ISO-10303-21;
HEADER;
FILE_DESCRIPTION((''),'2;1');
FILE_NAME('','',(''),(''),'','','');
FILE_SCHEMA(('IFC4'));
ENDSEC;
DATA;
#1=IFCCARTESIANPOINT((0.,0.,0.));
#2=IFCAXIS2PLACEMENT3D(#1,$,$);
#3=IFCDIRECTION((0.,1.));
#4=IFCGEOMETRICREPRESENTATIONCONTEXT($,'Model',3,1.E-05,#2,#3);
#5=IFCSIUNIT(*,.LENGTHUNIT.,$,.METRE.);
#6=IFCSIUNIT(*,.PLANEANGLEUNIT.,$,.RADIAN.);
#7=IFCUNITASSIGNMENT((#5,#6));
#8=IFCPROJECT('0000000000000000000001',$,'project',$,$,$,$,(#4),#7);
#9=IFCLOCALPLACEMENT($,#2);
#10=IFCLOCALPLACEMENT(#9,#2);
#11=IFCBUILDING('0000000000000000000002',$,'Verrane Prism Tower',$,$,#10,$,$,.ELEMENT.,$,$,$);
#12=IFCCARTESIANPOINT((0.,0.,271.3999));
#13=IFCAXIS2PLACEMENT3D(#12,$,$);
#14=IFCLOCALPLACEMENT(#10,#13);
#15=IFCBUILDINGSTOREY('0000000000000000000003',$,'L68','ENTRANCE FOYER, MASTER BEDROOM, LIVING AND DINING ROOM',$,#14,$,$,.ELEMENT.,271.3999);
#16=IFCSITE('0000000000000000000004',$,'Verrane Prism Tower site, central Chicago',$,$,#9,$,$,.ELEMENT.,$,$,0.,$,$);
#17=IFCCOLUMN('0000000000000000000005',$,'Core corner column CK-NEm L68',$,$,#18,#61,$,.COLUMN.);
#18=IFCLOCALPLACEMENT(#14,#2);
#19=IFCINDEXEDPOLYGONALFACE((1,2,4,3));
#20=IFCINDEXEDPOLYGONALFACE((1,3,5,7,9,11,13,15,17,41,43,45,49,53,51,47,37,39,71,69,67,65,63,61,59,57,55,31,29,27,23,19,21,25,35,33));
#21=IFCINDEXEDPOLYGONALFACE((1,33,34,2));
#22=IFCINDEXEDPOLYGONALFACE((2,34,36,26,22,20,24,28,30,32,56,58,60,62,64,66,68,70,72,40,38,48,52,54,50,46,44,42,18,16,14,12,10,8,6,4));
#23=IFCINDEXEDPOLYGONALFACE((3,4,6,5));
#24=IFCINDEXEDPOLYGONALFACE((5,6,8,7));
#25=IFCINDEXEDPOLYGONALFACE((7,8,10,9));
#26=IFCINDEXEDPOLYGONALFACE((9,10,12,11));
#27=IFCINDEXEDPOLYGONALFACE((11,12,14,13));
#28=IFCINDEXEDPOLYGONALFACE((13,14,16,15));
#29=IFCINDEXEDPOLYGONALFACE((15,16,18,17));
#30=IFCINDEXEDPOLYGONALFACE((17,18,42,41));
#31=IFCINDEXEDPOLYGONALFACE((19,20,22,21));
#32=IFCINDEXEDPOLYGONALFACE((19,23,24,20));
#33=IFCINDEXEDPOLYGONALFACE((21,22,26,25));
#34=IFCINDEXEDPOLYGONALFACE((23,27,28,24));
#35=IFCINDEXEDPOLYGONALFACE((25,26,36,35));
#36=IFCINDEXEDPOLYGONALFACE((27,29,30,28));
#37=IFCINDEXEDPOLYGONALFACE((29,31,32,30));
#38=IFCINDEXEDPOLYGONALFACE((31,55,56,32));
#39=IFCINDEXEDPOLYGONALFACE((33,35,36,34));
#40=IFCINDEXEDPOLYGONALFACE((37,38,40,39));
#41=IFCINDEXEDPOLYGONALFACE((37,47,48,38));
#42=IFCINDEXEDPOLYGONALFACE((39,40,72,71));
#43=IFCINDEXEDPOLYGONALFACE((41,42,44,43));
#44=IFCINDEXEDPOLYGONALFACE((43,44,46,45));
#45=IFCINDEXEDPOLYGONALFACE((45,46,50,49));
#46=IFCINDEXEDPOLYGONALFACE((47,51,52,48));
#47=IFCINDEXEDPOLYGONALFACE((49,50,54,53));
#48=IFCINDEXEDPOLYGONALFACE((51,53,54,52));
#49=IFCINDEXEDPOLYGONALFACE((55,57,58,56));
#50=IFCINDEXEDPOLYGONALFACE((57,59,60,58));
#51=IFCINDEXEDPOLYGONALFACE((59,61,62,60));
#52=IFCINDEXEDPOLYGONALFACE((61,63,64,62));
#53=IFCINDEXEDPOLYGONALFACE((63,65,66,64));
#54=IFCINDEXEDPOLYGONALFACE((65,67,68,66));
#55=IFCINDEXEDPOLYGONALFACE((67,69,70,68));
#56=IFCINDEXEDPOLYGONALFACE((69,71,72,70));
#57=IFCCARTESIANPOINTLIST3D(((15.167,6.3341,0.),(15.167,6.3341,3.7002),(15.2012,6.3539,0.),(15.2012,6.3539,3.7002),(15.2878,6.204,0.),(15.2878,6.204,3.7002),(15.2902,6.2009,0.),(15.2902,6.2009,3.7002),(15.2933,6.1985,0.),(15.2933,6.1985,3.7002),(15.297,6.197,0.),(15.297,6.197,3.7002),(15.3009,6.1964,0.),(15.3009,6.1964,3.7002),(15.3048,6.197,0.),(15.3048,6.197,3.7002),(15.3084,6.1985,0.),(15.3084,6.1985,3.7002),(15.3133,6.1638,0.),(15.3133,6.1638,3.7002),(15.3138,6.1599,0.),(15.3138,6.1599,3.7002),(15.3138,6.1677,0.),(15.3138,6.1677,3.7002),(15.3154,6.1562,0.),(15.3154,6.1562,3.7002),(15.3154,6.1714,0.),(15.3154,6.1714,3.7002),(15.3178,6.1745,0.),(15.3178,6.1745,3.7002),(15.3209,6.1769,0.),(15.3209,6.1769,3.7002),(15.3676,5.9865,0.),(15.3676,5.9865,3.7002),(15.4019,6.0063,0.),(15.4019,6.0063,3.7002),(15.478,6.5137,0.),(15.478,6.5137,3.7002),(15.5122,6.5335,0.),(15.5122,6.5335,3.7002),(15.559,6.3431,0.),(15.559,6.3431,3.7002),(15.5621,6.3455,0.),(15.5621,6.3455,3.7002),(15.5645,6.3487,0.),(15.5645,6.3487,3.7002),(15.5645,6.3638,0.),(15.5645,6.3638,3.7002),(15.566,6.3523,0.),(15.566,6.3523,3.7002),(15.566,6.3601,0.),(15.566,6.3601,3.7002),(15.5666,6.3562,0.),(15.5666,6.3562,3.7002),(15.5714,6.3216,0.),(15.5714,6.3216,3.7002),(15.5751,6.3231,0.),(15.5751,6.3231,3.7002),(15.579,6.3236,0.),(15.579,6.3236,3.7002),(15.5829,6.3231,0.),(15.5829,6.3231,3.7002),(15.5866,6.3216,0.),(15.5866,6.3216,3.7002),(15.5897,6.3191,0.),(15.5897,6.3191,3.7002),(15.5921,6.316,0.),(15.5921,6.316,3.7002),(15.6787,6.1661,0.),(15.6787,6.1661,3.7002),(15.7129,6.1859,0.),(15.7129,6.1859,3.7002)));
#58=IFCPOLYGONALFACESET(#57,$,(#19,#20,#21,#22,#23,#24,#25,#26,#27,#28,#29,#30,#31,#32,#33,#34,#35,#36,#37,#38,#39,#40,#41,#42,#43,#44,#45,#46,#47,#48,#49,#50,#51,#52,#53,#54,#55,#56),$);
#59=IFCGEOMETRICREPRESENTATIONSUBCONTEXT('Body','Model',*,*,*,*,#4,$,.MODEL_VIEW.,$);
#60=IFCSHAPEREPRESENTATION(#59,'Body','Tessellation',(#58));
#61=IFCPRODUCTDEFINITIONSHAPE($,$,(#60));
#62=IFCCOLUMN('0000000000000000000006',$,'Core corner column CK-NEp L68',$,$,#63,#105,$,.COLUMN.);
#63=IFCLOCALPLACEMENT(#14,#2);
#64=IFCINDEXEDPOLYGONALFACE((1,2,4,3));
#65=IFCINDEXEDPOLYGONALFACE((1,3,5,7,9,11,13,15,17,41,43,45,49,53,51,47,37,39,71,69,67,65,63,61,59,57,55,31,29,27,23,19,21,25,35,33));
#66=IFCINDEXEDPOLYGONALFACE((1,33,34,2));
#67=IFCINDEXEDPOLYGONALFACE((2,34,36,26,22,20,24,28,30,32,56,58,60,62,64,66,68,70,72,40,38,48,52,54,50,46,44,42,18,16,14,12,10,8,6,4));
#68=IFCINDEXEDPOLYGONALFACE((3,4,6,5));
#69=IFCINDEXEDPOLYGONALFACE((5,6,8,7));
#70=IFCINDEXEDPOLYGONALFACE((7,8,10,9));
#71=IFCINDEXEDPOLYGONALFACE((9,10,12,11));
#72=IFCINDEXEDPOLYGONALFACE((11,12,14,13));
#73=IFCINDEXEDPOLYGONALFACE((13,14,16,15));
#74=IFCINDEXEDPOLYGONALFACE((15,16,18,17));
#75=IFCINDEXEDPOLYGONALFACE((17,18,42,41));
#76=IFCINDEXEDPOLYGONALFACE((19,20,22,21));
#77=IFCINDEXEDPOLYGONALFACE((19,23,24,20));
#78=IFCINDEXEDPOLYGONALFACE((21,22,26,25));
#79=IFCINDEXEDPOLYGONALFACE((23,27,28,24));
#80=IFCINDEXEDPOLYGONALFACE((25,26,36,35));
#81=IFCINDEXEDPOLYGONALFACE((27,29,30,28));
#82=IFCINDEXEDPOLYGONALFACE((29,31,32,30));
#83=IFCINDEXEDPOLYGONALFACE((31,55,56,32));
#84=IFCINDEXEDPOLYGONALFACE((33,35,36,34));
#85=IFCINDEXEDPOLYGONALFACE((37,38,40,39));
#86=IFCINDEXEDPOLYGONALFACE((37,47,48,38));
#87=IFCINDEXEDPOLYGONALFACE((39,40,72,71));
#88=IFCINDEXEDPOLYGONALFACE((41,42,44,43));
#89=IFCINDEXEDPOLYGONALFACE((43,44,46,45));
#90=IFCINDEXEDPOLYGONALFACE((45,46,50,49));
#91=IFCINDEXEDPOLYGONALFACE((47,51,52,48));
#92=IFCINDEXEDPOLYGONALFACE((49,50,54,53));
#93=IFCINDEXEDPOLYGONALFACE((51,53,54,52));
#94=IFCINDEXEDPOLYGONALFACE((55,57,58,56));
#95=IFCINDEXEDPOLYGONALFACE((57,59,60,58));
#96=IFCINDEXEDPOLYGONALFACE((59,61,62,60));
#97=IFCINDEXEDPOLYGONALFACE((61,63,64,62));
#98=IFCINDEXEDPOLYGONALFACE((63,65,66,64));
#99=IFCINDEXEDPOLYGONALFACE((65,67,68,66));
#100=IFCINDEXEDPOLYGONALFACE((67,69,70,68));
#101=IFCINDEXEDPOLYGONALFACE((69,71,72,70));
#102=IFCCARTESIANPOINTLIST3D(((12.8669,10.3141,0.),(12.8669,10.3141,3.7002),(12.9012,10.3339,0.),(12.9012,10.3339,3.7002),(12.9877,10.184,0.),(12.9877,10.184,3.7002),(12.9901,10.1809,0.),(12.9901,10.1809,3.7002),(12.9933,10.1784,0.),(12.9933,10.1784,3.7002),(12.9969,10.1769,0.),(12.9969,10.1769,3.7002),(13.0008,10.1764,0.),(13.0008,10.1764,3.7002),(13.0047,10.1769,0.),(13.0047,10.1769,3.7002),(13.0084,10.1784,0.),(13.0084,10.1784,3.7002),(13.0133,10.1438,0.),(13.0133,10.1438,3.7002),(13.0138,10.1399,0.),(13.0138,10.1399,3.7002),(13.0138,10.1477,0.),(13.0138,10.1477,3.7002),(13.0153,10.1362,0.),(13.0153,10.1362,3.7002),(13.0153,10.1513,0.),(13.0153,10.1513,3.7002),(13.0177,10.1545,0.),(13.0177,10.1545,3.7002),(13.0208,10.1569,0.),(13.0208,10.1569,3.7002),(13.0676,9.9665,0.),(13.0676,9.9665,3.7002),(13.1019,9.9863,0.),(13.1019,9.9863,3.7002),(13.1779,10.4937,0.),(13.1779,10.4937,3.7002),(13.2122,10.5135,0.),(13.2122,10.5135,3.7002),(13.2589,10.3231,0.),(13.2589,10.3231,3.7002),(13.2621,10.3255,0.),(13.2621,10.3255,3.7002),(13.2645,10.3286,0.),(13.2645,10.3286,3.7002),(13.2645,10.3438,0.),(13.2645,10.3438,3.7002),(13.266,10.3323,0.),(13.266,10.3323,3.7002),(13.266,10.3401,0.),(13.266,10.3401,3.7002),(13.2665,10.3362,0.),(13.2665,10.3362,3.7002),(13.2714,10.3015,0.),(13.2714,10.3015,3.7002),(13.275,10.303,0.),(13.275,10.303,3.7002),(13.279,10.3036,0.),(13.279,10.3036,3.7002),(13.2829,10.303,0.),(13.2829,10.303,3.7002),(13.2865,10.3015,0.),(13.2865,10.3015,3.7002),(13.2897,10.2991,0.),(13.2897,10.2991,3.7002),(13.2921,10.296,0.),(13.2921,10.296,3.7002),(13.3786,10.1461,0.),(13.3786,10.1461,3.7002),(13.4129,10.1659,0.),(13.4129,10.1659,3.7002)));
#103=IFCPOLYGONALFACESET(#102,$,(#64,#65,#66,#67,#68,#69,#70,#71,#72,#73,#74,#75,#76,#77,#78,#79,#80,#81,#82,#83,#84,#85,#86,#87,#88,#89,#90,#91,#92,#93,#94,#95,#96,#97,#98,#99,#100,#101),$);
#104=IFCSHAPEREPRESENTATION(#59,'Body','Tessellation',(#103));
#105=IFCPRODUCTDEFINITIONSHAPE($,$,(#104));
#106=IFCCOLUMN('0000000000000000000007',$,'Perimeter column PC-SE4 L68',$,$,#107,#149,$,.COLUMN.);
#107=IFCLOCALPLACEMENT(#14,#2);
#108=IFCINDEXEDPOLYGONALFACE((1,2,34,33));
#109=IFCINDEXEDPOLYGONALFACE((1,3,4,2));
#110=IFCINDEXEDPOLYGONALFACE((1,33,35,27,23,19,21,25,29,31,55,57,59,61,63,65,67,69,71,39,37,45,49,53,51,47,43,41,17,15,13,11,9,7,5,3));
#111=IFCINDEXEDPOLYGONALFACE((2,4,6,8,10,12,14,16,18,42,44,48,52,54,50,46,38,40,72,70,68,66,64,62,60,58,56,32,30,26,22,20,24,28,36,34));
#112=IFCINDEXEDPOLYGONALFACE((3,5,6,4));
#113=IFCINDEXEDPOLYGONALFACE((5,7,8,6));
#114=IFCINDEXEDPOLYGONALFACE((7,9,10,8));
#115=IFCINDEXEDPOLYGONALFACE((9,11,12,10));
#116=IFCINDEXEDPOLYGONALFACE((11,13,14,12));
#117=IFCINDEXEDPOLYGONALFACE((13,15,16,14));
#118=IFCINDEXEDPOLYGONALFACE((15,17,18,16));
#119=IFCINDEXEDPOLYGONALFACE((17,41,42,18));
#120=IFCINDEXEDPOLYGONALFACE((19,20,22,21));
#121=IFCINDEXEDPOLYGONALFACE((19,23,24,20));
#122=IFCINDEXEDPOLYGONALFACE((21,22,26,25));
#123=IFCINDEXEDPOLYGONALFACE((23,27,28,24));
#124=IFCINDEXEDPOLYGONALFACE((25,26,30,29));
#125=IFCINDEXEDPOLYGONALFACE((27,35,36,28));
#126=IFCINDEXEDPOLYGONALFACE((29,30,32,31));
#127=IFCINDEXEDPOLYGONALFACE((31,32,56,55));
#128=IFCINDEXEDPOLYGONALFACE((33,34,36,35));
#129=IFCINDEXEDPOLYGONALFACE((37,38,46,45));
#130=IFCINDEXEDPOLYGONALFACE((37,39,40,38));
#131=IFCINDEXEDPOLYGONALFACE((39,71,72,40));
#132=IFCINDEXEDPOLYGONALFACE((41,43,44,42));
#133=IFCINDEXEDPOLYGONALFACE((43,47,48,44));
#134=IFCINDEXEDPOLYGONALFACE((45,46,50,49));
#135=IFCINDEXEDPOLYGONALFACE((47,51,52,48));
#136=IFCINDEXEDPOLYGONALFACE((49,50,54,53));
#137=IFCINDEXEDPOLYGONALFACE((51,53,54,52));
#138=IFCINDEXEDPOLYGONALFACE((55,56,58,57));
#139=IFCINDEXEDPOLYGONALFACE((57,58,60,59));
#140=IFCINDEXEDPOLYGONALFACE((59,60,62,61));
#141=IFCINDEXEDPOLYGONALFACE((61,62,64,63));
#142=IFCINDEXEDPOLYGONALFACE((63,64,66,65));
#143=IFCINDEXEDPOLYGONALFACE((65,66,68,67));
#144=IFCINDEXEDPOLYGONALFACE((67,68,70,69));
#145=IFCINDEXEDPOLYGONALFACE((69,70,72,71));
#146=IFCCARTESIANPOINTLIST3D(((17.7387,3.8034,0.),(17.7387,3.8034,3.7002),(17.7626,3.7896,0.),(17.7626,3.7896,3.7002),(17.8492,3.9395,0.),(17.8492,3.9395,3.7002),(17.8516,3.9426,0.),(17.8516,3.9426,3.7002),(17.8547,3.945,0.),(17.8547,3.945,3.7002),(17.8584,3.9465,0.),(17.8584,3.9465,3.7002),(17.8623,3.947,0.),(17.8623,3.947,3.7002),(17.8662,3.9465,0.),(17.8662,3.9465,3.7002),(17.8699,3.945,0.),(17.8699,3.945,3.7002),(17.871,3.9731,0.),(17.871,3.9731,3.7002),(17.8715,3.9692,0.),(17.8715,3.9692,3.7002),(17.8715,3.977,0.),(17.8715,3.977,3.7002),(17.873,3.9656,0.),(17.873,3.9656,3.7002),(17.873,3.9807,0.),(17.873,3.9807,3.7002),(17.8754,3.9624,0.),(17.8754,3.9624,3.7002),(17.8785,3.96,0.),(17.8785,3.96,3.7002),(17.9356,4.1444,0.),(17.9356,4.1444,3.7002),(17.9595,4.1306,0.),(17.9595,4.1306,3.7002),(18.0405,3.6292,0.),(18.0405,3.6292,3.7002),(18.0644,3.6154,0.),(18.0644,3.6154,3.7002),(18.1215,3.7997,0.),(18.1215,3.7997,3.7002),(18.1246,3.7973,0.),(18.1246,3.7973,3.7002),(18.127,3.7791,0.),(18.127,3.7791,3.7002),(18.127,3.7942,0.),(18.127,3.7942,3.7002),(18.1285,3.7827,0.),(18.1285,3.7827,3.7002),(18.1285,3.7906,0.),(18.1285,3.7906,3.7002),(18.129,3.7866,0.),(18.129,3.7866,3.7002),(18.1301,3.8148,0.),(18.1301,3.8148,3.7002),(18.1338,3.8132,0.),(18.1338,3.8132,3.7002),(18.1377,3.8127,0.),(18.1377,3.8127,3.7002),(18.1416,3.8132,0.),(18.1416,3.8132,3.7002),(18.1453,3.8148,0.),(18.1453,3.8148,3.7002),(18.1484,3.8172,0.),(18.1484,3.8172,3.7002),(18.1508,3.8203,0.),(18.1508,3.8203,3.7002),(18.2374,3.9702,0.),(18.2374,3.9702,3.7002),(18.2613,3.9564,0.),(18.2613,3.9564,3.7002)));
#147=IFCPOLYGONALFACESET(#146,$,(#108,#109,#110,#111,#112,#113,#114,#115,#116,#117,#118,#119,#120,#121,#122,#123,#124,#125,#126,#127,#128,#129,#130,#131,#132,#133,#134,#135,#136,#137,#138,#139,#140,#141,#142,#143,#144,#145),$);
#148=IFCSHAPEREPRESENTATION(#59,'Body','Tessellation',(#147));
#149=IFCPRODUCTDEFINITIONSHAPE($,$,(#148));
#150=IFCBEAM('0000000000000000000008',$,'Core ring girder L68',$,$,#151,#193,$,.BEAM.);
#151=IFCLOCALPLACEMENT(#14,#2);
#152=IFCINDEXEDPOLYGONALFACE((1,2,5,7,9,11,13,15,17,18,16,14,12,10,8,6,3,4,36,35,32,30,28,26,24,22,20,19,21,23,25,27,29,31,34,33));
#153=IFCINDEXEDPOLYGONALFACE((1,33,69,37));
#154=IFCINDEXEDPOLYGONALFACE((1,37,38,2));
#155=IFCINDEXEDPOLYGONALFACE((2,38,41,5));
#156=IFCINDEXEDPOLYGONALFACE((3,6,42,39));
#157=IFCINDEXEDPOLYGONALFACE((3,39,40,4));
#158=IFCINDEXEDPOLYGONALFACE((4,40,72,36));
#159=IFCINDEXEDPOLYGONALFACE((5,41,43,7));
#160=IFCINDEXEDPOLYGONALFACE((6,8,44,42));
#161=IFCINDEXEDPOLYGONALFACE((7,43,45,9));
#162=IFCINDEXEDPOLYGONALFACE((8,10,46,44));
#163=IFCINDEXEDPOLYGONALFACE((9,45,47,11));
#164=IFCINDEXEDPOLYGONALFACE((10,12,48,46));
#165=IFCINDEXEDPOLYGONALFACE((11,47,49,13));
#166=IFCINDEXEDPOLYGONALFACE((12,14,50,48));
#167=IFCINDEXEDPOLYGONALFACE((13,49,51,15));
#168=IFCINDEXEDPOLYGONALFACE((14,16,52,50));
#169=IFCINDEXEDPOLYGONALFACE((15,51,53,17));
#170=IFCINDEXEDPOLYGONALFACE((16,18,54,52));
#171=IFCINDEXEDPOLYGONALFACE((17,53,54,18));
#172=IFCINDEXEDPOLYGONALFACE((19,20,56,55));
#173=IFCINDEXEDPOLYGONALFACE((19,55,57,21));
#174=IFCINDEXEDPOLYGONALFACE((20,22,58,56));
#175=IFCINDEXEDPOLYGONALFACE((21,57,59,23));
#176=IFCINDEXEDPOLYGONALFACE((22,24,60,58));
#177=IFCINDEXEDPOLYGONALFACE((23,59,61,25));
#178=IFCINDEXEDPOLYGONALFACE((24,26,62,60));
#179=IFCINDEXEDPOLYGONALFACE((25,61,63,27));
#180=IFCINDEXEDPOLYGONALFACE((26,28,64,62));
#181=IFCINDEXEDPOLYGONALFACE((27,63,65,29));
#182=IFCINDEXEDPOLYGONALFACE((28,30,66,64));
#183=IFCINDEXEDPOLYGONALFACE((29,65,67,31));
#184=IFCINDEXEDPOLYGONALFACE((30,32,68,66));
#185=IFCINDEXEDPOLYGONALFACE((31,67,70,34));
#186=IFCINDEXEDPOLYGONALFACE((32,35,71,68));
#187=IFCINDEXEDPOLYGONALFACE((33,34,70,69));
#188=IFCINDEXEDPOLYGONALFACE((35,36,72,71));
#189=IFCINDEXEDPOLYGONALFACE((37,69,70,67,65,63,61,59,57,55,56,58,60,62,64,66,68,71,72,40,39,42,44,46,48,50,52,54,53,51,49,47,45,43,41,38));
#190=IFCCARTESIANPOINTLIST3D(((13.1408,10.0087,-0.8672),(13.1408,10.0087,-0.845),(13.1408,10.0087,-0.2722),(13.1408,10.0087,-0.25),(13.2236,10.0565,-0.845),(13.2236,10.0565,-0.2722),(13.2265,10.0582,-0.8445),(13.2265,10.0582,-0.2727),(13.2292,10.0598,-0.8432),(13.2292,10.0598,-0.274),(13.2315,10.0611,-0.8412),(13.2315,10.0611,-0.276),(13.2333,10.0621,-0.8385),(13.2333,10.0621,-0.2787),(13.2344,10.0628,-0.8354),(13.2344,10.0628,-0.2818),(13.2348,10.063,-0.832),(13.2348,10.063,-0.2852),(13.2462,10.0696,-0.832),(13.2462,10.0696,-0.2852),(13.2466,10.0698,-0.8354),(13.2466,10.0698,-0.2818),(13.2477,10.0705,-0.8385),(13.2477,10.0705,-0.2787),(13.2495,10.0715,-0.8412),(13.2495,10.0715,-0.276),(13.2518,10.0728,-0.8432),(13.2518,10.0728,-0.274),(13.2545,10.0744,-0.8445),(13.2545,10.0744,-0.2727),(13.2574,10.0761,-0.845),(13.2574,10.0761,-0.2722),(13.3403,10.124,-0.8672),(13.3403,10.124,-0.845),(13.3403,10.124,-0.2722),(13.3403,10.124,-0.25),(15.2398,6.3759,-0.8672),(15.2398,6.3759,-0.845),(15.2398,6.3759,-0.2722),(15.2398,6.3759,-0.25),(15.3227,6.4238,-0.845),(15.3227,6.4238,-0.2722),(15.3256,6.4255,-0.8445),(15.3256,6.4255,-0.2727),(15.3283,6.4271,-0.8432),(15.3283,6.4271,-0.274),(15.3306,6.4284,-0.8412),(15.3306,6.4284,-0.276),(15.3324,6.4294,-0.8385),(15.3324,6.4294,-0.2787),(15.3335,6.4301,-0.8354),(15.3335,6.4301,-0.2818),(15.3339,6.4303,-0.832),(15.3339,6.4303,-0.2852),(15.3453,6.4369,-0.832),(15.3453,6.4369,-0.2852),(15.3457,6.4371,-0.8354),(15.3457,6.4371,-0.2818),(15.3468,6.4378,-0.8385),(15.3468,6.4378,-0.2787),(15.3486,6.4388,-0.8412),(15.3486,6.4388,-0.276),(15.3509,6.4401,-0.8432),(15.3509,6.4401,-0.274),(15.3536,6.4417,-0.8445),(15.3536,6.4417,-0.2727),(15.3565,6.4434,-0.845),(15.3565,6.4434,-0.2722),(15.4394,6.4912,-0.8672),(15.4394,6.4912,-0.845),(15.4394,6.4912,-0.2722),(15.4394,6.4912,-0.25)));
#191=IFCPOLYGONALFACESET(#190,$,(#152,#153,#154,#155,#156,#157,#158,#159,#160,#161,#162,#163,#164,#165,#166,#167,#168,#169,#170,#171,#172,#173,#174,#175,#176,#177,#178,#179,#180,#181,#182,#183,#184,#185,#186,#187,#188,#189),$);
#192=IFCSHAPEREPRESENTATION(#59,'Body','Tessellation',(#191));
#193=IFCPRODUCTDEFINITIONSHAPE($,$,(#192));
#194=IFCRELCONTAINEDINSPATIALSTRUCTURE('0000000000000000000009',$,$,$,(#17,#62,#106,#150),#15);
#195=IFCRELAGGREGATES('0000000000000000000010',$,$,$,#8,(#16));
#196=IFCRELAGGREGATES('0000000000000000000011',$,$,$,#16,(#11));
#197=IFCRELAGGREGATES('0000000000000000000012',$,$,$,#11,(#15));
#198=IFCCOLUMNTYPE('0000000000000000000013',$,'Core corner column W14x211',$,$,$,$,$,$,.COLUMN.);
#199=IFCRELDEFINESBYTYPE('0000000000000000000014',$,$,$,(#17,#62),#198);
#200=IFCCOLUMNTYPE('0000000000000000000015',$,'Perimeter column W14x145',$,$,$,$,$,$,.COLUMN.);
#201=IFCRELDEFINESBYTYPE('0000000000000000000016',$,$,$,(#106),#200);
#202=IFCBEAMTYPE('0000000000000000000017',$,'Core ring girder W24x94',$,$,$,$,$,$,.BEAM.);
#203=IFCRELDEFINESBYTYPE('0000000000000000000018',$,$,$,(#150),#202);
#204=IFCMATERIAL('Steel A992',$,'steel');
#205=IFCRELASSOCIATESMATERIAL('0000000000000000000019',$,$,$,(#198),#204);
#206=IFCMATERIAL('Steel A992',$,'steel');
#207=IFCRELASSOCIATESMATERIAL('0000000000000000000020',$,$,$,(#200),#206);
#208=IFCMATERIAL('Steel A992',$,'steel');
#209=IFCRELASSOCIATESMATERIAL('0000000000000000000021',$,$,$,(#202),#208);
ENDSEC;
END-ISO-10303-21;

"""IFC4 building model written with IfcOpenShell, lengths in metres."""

from ifc_helpers import new_model, si_unit, direction, frame, origin, origin_2d, place, context, subcontext, project, spatial, i_section, extrude, material, material_profile, profile_set, type_object, element, save


model = new_model("IFC4")

# Units and contexts
model_context = context("Model", 3, precision=1e-05, world=origin(), true_north=direction((0.0, 1.0)))
body_context = subcontext(model_context, "Body", "Model", "MODEL_VIEW")
ifc_project = project(units=[si_unit("LENGTHUNIT", "METRE"), si_unit("PLANEANGLEUNIT", "RADIAN")], contexts=[model_context])

# Site, building, storey
site_placement = place(None, origin())
site = spatial("IfcSite", under=ifc_project, at=site_placement, Name="Verrane Prism Tower site, central Chicago", CompositionType="ELEMENT", RefElevation=0.0)
building_placement = place(site_placement, origin())
building = spatial("IfcBuilding", under=site, at=building_placement, Name="Verrane Prism Tower", CompositionType="ELEMENT")
storey_placement = place(building_placement, frame((0.0, 0.0, 271.3999)))
storey = spatial("IfcBuildingStorey", under=building, at=storey_placement, Name="L68", Description="ENTRANCE FOYER, MASTER BEDROOM, LIVING AND DINING ROOM", CompositionType="ELEMENT", Elevation=271.3999)

# Columns
ifc_material_1 = material(Name="Steel A992", Category="steel")
ifc_material_profile_1 = material_profile(ifc_material_1, i_section(OverallWidth=0.4014, OverallDepth=0.3987, WebThickness=0.0249, FlangeThickness=0.0396, FilletRadius=0.0151, at=origin_2d()), Name="W14x211")
ifc_profile_set_1 = profile_set([ifc_material_profile_1], Name="Steel A992")
column_type_1 = type_object("IfcColumnType", Name="Core corner column W14x211", PredefinedType="COLUMN", material=ifc_profile_set_1)
for number, where, z_axis, x_axis, name in (
    (1, (15.4399, 6.26, 0.0), (0.0, 0.0, 1.0), (0.5, -0.866025, 0.0), "Core corner column CK-NEm L68"),
    (2, (13.1399, 10.24, 0.0), (0.0, 0.0, 1.0), (0.5, -0.866025, 0.0), "Core corner column CK-NEp L68"),
):
    element("IfcColumn", number, at=place(storey_placement, frame(where, z_axis=z_axis, x_axis=x_axis)), inside=storey, type_object=column_type_1, Name=name, PredefinedType="COLUMN", context=body_context, shape_type="SweptSolid", body=[
        extrude(i_section(OverallWidth=0.4014, OverallDepth=0.3987, WebThickness=0.0249, FlangeThickness=0.0396, FilletRadius=0.0151, at=origin_2d()), origin(), (0.0, 0.0, 1.0), 3.7002),
    ])
ifc_material_2 = material(Name="Steel A992", Category="steel")
ifc_material_profile_2 = material_profile(ifc_material_2, i_section(OverallWidth=0.3938, OverallDepth=0.376, WebThickness=0.0173, FlangeThickness=0.0276, FilletRadius=0.0151, at=origin_2d()), Name="W14x145")
ifc_profile_set_2 = profile_set([ifc_material_profile_2], Name="Steel A992")
column_type_2 = type_object("IfcColumnType", Name="Perimeter column W14x145", PredefinedType="COLUMN", material=ifc_profile_set_2)
column_placement = place(storey_placement, frame((18.0, 3.8799, 0.0), z_axis=(0.0, 0.0, 1.0), x_axis=(-0.5, -0.866025, 0.0)))
element("IfcColumn", 3, at=column_placement, inside=storey, type_object=column_type_2, Name="Perimeter column PC-SE4 L68", PredefinedType="COLUMN", context=body_context, shape_type="SweptSolid", body=[
    extrude(i_section(OverallWidth=0.3938, OverallDepth=0.376, WebThickness=0.0173, FlangeThickness=0.0276, FilletRadius=0.0151, at=origin_2d()), origin(), (0.0, 0.0, 1.0), 3.7002),
])

# Beam
ifc_material_3 = material(Name="Steel A992", Category="steel")
ifc_material_profile_3 = material_profile(ifc_material_3, i_section(OverallWidth=0.2305, OverallDepth=0.6172, WebThickness=0.0132, FlangeThickness=0.0222, FilletRadius=0.0129, at=origin_2d()), Name="W24x94")
ifc_profile_set_3 = profile_set([ifc_material_profile_3], Name="Steel A992")
beam_type_1 = type_object("IfcBeamType", Name="Core ring girder W24x94", PredefinedType="BEAM", material=ifc_profile_set_3)
beam_1_placement = place(storey_placement, frame((15.3396, 6.4336, -0.5586), z_axis=(-0.500307, 0.865848, 0.0), x_axis=(-0.865848, -0.500307, 0.0)))
element("IfcBeam", 4, at=beam_1_placement, inside=storey, type_object=beam_type_1, Name="Core ring girder L68", PredefinedType="BEAM", context=body_context, shape_type="SweptSolid", body=[
    extrude(i_section(OverallWidth=0.2305, OverallDepth=0.6172, WebThickness=0.0132, FlangeThickness=0.0222, FilletRadius=0.0129, at=origin_2d()), origin(), (0.0, 0.0, 1.0), 4.1956),
])

save(model, "model.ifc")
